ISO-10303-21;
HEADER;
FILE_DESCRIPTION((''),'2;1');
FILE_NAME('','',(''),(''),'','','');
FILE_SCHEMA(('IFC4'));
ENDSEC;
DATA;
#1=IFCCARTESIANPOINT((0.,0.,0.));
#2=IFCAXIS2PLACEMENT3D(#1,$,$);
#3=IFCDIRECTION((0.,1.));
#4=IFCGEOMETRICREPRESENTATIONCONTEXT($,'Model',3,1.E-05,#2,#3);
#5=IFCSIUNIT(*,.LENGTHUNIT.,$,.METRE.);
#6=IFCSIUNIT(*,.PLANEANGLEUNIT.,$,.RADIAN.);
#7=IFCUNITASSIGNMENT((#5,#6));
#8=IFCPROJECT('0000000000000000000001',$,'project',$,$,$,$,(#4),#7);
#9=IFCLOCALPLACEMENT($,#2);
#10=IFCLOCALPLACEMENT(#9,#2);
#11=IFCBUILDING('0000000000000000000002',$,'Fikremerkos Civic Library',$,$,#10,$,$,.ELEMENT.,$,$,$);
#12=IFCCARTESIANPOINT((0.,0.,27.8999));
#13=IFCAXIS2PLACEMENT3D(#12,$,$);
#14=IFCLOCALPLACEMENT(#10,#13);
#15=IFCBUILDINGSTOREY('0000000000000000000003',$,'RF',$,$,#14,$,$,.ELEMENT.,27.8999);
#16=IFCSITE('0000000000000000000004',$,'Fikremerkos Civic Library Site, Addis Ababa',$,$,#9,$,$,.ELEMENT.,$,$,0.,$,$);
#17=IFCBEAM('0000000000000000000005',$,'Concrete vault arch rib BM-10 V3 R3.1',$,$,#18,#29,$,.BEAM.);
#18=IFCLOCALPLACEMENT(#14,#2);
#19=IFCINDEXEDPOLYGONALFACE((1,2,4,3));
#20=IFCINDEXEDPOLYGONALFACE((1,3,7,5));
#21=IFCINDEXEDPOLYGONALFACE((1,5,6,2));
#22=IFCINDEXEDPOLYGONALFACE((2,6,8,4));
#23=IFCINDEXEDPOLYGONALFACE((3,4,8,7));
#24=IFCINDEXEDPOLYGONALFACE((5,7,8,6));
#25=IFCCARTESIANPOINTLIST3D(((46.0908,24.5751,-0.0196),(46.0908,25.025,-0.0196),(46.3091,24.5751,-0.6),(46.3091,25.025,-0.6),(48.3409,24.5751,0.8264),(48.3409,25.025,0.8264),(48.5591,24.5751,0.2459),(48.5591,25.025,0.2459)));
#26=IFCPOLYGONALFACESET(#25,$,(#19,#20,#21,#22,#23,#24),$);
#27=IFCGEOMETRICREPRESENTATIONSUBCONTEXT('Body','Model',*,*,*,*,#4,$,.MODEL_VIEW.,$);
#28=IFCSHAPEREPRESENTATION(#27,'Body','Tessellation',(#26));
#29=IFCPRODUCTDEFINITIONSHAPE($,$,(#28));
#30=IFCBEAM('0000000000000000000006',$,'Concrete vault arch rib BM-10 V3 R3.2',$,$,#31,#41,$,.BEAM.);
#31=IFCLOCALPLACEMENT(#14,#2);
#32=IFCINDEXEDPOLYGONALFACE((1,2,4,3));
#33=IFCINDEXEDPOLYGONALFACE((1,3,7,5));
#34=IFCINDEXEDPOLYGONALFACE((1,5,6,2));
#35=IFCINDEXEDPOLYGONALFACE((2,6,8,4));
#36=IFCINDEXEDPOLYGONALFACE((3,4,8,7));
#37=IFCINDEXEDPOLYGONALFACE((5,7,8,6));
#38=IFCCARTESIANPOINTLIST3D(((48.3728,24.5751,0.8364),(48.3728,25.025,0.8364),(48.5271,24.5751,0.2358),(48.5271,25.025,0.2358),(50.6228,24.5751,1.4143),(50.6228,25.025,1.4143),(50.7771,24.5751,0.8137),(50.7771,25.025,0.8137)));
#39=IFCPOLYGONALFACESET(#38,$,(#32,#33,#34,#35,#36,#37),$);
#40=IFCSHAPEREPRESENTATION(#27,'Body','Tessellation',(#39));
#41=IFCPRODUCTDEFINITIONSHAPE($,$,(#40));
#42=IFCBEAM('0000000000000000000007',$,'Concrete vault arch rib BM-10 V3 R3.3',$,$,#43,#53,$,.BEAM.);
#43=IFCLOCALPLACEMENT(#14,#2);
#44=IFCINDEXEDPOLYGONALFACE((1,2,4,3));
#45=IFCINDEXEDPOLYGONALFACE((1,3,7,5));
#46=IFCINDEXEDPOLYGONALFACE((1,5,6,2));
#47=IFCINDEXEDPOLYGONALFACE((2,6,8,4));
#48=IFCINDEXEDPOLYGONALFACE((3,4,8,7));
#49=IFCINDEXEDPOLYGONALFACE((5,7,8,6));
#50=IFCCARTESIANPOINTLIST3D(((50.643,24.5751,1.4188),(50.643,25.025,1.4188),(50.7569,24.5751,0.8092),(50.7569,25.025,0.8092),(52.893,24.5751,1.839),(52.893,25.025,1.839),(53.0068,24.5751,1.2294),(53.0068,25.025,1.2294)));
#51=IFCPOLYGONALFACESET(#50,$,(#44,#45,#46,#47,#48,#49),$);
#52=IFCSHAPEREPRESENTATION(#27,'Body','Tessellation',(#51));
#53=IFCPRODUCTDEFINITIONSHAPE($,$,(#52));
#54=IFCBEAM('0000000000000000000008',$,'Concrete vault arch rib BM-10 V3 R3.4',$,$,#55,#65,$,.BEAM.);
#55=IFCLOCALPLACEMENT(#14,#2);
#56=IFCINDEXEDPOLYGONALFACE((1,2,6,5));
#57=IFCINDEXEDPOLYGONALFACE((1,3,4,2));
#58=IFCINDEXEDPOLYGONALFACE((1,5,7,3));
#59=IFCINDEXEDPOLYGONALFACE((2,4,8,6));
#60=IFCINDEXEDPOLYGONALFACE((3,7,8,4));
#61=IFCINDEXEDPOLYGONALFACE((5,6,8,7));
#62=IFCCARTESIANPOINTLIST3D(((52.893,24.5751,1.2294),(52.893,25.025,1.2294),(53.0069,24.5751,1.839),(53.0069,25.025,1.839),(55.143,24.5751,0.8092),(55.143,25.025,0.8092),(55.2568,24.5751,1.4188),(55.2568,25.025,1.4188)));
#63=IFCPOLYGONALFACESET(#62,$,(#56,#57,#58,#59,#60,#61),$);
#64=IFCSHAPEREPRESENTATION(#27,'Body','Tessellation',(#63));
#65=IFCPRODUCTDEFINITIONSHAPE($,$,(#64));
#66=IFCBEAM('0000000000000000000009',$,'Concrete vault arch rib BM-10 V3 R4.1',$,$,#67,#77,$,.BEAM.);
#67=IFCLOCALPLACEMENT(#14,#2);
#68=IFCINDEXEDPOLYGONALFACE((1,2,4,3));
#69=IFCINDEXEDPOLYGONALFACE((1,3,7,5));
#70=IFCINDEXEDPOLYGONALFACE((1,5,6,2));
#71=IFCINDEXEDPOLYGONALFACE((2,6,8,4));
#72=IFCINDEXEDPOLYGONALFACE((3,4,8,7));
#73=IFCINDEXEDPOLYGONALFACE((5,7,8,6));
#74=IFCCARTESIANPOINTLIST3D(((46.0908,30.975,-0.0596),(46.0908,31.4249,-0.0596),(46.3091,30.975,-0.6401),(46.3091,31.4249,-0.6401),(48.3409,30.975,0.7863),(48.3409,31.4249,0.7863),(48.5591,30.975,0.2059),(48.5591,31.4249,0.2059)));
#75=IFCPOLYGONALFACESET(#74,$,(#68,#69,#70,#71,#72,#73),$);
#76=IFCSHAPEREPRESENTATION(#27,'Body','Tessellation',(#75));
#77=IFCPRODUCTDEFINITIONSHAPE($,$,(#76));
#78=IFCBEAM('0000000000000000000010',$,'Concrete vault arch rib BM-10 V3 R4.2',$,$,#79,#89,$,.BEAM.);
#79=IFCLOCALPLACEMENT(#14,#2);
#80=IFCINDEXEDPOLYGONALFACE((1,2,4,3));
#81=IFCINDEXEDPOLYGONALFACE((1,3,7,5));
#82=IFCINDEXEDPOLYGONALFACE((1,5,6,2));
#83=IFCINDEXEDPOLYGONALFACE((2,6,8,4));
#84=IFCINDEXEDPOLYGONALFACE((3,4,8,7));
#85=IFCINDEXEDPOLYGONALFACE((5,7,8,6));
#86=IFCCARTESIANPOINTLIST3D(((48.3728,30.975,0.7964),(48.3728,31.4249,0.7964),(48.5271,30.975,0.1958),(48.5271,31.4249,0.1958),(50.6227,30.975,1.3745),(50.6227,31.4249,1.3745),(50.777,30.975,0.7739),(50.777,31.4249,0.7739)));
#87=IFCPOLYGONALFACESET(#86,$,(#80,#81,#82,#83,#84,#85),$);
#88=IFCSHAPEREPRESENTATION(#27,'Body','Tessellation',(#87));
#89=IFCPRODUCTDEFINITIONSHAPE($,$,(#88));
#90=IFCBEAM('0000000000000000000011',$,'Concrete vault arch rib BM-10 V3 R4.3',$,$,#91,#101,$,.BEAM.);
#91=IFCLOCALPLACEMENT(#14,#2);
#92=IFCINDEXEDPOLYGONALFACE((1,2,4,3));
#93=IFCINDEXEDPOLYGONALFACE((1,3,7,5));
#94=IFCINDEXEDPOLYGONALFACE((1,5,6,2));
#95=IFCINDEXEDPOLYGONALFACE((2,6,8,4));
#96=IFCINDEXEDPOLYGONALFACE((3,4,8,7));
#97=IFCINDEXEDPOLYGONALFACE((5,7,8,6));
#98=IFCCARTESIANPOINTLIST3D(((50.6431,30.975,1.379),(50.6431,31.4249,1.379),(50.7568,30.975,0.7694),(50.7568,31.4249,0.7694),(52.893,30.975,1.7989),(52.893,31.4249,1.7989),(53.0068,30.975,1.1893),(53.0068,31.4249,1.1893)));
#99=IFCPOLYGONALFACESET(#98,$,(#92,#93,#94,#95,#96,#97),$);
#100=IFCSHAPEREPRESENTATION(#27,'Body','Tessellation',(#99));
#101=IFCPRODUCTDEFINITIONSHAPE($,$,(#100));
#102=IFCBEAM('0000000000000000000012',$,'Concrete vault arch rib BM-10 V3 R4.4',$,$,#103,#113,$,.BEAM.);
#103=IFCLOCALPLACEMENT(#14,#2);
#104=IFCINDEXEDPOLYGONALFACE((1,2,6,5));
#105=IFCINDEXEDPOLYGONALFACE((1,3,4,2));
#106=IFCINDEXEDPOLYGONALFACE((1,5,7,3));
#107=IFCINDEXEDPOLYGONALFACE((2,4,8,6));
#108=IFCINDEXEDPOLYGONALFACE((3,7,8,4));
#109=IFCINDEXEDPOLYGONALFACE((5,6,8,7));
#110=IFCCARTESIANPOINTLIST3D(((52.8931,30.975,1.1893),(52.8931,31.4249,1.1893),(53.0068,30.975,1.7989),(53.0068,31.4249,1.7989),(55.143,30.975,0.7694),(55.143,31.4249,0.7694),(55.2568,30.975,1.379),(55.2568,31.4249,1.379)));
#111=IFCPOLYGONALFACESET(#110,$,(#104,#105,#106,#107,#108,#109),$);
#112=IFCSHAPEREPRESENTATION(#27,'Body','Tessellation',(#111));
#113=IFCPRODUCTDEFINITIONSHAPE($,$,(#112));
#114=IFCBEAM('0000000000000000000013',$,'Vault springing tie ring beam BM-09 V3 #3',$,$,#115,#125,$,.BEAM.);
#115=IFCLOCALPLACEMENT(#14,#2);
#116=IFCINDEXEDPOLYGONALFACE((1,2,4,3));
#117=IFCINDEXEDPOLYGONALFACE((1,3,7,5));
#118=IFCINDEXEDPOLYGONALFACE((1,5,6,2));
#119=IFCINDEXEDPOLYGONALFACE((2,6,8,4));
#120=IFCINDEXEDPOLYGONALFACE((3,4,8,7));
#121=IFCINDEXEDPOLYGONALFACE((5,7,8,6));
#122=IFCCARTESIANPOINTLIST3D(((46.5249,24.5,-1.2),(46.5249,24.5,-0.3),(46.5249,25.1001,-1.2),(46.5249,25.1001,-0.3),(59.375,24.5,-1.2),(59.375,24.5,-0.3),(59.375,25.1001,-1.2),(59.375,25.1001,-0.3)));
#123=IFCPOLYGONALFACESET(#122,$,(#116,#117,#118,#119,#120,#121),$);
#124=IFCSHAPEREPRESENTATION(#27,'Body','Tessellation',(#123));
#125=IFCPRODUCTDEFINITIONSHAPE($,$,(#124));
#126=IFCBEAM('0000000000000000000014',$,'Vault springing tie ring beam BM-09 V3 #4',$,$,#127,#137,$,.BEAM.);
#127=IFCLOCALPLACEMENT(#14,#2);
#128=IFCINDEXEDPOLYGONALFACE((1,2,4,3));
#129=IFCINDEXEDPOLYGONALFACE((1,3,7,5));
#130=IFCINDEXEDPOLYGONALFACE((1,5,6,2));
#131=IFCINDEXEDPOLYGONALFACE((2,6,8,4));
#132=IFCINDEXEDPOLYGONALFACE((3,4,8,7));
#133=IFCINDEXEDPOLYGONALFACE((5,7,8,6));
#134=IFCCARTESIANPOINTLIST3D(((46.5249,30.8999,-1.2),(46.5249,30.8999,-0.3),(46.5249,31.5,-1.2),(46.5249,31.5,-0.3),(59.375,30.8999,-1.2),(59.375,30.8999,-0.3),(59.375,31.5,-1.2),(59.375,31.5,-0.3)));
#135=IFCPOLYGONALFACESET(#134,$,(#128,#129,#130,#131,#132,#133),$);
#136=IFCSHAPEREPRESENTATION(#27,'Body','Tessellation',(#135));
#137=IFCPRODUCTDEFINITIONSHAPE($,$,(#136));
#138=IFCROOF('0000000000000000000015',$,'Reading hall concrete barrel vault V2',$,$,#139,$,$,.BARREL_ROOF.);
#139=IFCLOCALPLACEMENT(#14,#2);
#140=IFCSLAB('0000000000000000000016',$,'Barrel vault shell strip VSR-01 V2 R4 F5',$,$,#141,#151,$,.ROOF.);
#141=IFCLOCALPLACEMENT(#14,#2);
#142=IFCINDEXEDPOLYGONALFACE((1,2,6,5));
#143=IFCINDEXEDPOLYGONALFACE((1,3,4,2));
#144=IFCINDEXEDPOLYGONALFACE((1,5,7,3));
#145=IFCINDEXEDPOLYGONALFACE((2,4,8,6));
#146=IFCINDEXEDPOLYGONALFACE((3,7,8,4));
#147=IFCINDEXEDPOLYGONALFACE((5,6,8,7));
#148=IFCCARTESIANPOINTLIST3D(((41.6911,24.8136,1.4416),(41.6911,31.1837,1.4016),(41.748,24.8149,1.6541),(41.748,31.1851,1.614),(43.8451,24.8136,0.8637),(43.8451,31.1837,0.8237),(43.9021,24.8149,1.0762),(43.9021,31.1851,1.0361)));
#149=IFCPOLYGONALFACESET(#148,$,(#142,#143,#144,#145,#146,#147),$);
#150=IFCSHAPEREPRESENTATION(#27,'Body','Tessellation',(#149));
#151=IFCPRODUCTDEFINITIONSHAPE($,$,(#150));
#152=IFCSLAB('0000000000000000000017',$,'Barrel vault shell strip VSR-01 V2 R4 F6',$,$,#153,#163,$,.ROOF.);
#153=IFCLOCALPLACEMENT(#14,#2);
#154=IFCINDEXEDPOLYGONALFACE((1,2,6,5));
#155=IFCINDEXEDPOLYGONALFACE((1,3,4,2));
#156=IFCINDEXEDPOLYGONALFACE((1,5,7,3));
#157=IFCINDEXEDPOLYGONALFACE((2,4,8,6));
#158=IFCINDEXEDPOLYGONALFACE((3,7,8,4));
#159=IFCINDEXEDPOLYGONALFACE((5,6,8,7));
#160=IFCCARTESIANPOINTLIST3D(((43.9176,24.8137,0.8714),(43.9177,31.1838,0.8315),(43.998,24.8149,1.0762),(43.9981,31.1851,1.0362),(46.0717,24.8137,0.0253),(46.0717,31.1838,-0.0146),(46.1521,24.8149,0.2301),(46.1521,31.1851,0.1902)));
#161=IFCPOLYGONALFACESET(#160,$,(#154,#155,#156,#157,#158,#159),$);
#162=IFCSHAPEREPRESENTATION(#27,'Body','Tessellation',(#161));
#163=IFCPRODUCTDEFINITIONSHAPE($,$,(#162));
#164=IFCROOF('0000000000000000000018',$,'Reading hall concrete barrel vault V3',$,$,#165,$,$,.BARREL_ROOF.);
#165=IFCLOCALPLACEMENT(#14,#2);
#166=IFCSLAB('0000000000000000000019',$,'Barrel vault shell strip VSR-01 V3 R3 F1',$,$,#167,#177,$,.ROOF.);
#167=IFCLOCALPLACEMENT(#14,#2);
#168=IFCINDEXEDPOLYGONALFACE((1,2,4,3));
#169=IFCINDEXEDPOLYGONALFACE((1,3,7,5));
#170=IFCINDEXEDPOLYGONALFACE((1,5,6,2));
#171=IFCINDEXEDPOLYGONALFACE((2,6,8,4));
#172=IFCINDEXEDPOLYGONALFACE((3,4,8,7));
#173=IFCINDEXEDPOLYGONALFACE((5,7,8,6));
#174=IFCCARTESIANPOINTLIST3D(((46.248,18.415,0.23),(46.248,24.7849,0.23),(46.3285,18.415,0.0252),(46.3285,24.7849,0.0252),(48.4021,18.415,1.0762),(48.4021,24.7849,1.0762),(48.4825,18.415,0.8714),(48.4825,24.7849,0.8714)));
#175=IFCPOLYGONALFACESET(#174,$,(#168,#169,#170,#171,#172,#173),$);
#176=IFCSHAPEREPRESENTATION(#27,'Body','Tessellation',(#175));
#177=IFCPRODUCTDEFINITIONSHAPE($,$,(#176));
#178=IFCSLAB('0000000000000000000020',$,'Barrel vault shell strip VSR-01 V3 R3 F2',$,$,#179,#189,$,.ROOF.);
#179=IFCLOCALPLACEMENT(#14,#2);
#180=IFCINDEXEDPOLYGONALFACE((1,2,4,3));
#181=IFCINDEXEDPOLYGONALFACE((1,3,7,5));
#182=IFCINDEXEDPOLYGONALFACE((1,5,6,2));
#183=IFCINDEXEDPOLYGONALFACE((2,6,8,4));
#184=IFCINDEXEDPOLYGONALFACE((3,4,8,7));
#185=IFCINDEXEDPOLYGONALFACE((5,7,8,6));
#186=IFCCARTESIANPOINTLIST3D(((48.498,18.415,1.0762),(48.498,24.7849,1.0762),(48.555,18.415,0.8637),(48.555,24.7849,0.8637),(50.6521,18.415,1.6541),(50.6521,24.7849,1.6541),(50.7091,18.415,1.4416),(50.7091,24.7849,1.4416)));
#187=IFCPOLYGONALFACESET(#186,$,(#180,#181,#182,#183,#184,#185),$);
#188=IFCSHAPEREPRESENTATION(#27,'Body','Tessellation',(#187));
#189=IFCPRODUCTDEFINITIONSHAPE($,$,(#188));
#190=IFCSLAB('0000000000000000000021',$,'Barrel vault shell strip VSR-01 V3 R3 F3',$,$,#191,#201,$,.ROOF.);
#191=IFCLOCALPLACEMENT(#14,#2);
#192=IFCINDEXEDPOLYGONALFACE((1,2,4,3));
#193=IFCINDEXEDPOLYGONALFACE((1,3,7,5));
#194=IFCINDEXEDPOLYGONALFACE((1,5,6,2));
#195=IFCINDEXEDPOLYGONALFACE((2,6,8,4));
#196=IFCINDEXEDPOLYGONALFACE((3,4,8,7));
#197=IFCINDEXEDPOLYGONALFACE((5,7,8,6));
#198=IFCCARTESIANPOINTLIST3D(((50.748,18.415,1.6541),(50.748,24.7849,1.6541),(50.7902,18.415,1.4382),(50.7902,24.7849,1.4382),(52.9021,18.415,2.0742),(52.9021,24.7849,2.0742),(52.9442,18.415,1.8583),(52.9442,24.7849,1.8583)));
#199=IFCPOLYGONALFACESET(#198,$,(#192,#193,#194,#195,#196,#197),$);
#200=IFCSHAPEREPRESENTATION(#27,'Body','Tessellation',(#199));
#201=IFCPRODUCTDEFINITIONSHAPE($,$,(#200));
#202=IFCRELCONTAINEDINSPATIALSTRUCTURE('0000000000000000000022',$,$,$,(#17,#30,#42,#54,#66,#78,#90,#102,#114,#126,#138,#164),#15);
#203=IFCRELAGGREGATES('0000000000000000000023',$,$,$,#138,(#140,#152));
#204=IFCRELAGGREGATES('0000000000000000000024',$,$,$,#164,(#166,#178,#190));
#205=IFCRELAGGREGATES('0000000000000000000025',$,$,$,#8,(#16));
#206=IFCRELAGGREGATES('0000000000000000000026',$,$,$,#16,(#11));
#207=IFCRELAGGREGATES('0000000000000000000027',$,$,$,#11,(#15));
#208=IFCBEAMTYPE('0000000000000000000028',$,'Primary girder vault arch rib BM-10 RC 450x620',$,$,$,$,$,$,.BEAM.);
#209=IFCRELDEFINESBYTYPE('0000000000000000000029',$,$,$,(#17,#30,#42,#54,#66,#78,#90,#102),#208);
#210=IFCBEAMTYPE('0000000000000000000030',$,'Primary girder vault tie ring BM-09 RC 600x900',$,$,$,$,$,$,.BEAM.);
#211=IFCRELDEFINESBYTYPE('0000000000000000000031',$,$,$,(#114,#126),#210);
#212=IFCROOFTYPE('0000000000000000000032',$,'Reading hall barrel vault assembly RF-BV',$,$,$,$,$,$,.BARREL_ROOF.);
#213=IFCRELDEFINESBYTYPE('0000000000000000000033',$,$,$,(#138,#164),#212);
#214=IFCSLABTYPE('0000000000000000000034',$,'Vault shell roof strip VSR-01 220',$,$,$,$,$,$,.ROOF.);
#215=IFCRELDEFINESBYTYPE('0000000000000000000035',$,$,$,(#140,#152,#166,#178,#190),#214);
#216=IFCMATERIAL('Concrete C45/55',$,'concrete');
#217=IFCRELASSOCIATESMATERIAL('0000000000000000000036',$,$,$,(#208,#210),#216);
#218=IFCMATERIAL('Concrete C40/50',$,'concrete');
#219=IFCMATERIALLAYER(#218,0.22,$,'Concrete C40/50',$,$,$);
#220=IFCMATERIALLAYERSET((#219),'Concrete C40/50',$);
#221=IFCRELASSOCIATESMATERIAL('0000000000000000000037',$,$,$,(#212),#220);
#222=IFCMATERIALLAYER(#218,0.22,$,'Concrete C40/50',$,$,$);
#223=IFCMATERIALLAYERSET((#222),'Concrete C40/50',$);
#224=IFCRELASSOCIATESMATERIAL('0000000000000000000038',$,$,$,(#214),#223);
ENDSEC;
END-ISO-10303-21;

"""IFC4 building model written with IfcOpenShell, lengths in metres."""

from ifc_helpers import new_model, si_unit, direction, frame, origin, origin_2d, place, context, subcontext, project, spatial, polyline, rectangle, outline, extrude, material, layer, layer_set, material_profile, profile_set, type_object, element, aggregate, save


model = new_model("IFC4")

# Units and contexts
model_context = context("Model", 3, precision=1e-05, world=origin(), true_north=direction((0.0, 1.0)))
body_context = subcontext(model_context, "Body", "Model", "MODEL_VIEW")
ifc_project = project(units=[si_unit("LENGTHUNIT", "METRE"), si_unit("PLANEANGLEUNIT", "RADIAN")], contexts=[model_context])

# Site, building, storey
site_placement = place(None, origin())
site = spatial("IfcSite", under=ifc_project, at=site_placement, Name="Fikremerkos Civic Library Site, Addis Ababa", CompositionType="ELEMENT", RefElevation=0.0)
building_placement = place(site_placement, origin())
building = spatial("IfcBuilding", under=site, at=building_placement, Name="Fikremerkos Civic Library", CompositionType="ELEMENT")
storey_placement = place(building_placement, frame((0.0, 0.0, 27.8999)))
storey = spatial("IfcBuildingStorey", under=building, at=storey_placement, Name="RF", CompositionType="ELEMENT", Elevation=27.8999)

# Beams
ifc_material_1 = material(Name="Concrete C45/55", Category="concrete")
ifc_material_profile_1 = material_profile(ifc_material_1, rectangle(XDim=0.45, YDim=0.6201, at=origin_2d()), Name="RC 450x620")
ifc_profile_set_1 = profile_set([ifc_material_profile_1], Name="Concrete C45/55")
beam_type_1 = type_object("IfcBeamType", Name="Primary girder vault arch rib BM-10 RC 450x620", PredefinedType="BEAM", material=ifc_profile_set_1)
for number, where, z_axis, x_axis, name in (
    (1, (46.2, 24.8, -0.3098), (0.936028, 0.0, 0.351925), (0.0, 1.0, 0.0), "Concrete vault arch rib BM-10 V3 R3.1"),
):
    element("IfcBeam", number, at=place(storey_placement, frame(where, z_axis=z_axis, x_axis=x_axis)), inside=storey, type_object=beam_type_1, Name=name, PredefinedType="BEAM", context=body_context, shape_type="SweptSolid", body=[
        extrude(rectangle(XDim=0.45, YDim=0.6201, at=origin_2d()), origin(), (0.0, 0.0, 1.0), 2.4038),
    ])
beam_1_placement = place(storey_placement, frame((48.45, 24.8, 0.5361), z_axis=(0.968565, 0.0, 0.248762), x_axis=(0.0, 1.0, 0.0)))
element("IfcBeam", 2, at=beam_1_placement, inside=storey, type_object=beam_type_1, Name="Concrete vault arch rib BM-10 V3 R3.2", PredefinedType="BEAM", context=body_context, shape_type="SweptSolid", body=[
    extrude(rectangle(XDim=0.45, YDim=0.6201, at=origin_2d()), origin(), (0.0, 0.0, 1.0), 2.323),
])
for number, where, z_axis, x_axis, name in (
    (3, (50.7, 24.8, 1.114), (0.983007, 0.0, 0.183567), (0.0, 1.0, 0.0), "Concrete vault arch rib BM-10 V3 R3.3"),
    (4, (52.95, 24.8, 1.5342), (0.983007, 0.0, -0.183567), (0.0, 1.0, 0.0), "Concrete vault arch rib BM-10 V3 R3.4"),
):
    element("IfcBeam", number, at=place(storey_placement, frame(where, z_axis=z_axis, x_axis=x_axis)), inside=storey, type_object=beam_type_1, Name=name, PredefinedType="BEAM", context=body_context, shape_type="SweptSolid", body=[
        extrude(rectangle(XDim=0.45, YDim=0.6201, at=origin_2d()), origin(), (0.0, 0.0, 1.0), 2.2888),
    ])
beam_2_placement = place(storey_placement, frame((46.2, 31.2, -0.3499), z_axis=(0.936028, 0.0, 0.351925), x_axis=(0.0, 1.0, 0.0)))
element("IfcBeam", 5, at=beam_2_placement, inside=storey, type_object=beam_type_1, Name="Concrete vault arch rib BM-10 V3 R4.1", PredefinedType="BEAM", context=body_context, shape_type="SweptSolid", body=[
    extrude(rectangle(XDim=0.45, YDim=0.6201, at=origin_2d()), origin(), (0.0, 0.0, 1.0), 2.4038),
])
beam_3_placement = place(storey_placement, frame((48.45, 31.2, 0.4961), z_axis=(0.968539, 0.0, 0.248861), x_axis=(0.0, 1.0, 0.0)))
element("IfcBeam", 6, at=beam_3_placement, inside=storey, type_object=beam_type_1, Name="Concrete vault arch rib BM-10 V3 R4.2", PredefinedType="BEAM", context=body_context, shape_type="SweptSolid", body=[
    extrude(rectangle(XDim=0.45, YDim=0.6201, at=origin_2d()), origin(), (0.0, 0.0, 1.0), 2.323),
])
for number, where, z_axis, x_axis, name in (
    (7, (50.7, 31.2, 1.0742), (0.983026, 0.0, 0.183464), (0.0, 1.0, 0.0), "Concrete vault arch rib BM-10 V3 R4.3"),
    (8, (52.95, 31.2, 1.4941), (0.983026, 0.0, -0.183464), (0.0, 1.0, 0.0), "Concrete vault arch rib BM-10 V3 R4.4"),
):
    element("IfcBeam", number, at=place(storey_placement, frame(where, z_axis=z_axis, x_axis=x_axis)), inside=storey, type_object=beam_type_1, Name=name, PredefinedType="BEAM", context=body_context, shape_type="SweptSolid", body=[
        extrude(rectangle(XDim=0.45, YDim=0.6201, at=origin_2d()), origin(), (0.0, 0.0, 1.0), 2.2888),
    ])
ifc_material_profile_2 = material_profile(ifc_material_1, rectangle(XDim=0.6001, YDim=0.8999, at=origin_2d()), Name="RC 600x900")
ifc_profile_set_2 = profile_set([ifc_material_profile_2], Name="Concrete C45/55")
beam_type_2 = type_object("IfcBeamType", Name="Primary girder vault tie ring BM-09 RC 600x900", PredefinedType="BEAM", material=ifc_profile_set_2)
for number, where, z_axis, x_axis, name in (
    (9, (46.5249, 24.8, -0.75), (1.0, 0.0, 0.0), (0.0, 1.0, 0.0), "Vault springing tie ring beam BM-09 V3 #3"),
    (10, (46.5249, 31.2, -0.75), (1.0, 0.0, 0.0), (0.0, 1.0, 0.0), "Vault springing tie ring beam BM-09 V3 #4"),
):
    element("IfcBeam", number, at=place(storey_placement, frame(where, z_axis=z_axis, x_axis=x_axis)), inside=storey, type_object=beam_type_2, Name=name, PredefinedType="BEAM", context=body_context, shape_type="SweptSolid", body=[
        extrude(rectangle(XDim=0.6001, YDim=0.8999, at=origin_2d()), origin(), (0.0, 0.0, 1.0), 12.8501),
    ])

# Roofs, slabs
ifc_material_2 = material(Name="Concrete C40/50", Category="concrete")
ifc_layer_1 = layer(ifc_material_2, 0.22, Name="Concrete C40/50")
ifc_layer_set_1 = layer_set([ifc_layer_1], Name="Concrete C40/50")
roof_type = type_object("IfcRoofType", Name="Reading hall barrel vault assembly RF-BV", PredefinedType="BARREL_ROOF", material=ifc_layer_set_1)
roof_1_placement = place(storey_placement, origin())
roof_1 = element("IfcRoof", 11, at=roof_1_placement, inside=storey, type_object=roof_type, Name="Reading hall concrete barrel vault V2", PredefinedType="BARREL_ROOF")
ifc_layer_2 = layer(ifc_material_2, 0.22, Name="Concrete C40/50")
ifc_layer_set_2 = layer_set([ifc_layer_2], Name="Concrete C40/50")
slab_type_1 = type_object("IfcSlabType", Name="Vault shell roof strip VSR-01 220", PredefinedType="ROOF", material=ifc_layer_set_2)
slab_1_placement = place(storey_placement, frame((41.748, 24.8149, 1.6541), z_axis=(0.259109, 0.006071, 0.965829), x_axis=(0.965847, 0.0, -0.259114)))
slab_1 = element("IfcSlab", 12, at=slab_1_placement, type_object=slab_type_1, Name="Barrel vault shell strip VSR-01 V2 R4 F5", PredefinedType="ROOF", context=body_context, shape_type="SweptSolid", body=[
    extrude(outline(polyline([(0.0, 0.0), (2.2302, 0.0), (2.2406, 6.3702), (0.0104, 6.3702), (0.0, 0.0)])), origin(), (0.0, 0.0, -1.0), 0.22),
])
slab_2_placement = place(storey_placement, frame((43.998, 24.8149, 1.0762), z_axis=(0.365584, 0.005832, 0.93076), x_axis=(0.930776, 0.0, -0.36559)))
slab_2 = element("IfcSlab", 13, at=slab_2_placement, type_object=slab_type_1, Name="Barrel vault shell strip VSR-01 V2 R4 F6", PredefinedType="ROOF", context=body_context, shape_type="SweptSolid", body=[
    extrude(outline(polyline([(0.0, 0.0), (2.3143, 0.0), (2.3289, 6.3702), (0.0146, 6.3702), (0.0, 0.0)])), origin(), (0.0, 0.0, -1.0), 0.22),
])
roof_2_placement = place(storey_placement, origin())
roof_2 = element("IfcRoof", 14, at=roof_2_placement, inside=storey, type_object=roof_type, Name="Reading hall concrete barrel vault V3", PredefinedType="BARREL_ROOF")
slab_3_placement = place(storey_placement, frame((46.248, 18.415, 0.23), z_axis=(-0.365636, 0.0, 0.930758), x_axis=(0.930758, 0.0, 0.365636)))
slab_3 = element("IfcSlab", 15, at=slab_3_placement, type_object=slab_type_1, Name="Barrel vault shell strip VSR-01 V3 R3 F1", PredefinedType="ROOF", context=body_context, shape_type="SweptSolid", body=[
    extrude(outline(polyline([(0.0, 0.0), (2.3143, 0.0), (2.3143, 6.3699), (0.0, 6.3699), (0.0, 0.0)])), origin(), (0.0, 0.0, -1.0), 0.22),
])
slab_4_placement = place(storey_placement, frame((48.498, 18.415, 1.0762), z_axis=(-0.259114, 0.0, 0.965847), x_axis=(0.965847, 0.0, 0.259114)))
slab_4 = element("IfcSlab", 16, at=slab_4_placement, type_object=slab_type_1, Name="Barrel vault shell strip VSR-01 V3 R3 F2", PredefinedType="ROOF", context=body_context, shape_type="SweptSolid", body=[
    extrude(outline(polyline([(0.0, 0.0), (2.2302, 0.0), (2.2302, 6.3699), (0.0, 6.3699), (0.0, 0.0)])), origin(), (0.0, 0.0, -1.0), 0.22),
])
slab_5_placement = place(storey_placement, frame((50.748, 18.415, 1.6541), z_axis=(-0.19145, 0.0, 0.981502), x_axis=(0.981502, 0.0, 0.19145)))
slab_5 = element("IfcSlab", 17, at=slab_5_placement, type_object=slab_type_1, Name="Barrel vault shell strip VSR-01 V3 R3 F3", PredefinedType="ROOF", context=body_context, shape_type="SweptSolid", body=[
    extrude(outline(polyline([(0.0, 0.0), (2.1946, 0.0), (2.1946, 6.3699), (0.0, 6.3699), (0.0, 0.0)])), origin(), (0.0, 0.0, -1.0), 0.22),
])

aggregate(roof_1, [slab_1, slab_2])
aggregate(roof_2, [slab_3, slab_4, slab_5])

save(model, "model.ifc")
